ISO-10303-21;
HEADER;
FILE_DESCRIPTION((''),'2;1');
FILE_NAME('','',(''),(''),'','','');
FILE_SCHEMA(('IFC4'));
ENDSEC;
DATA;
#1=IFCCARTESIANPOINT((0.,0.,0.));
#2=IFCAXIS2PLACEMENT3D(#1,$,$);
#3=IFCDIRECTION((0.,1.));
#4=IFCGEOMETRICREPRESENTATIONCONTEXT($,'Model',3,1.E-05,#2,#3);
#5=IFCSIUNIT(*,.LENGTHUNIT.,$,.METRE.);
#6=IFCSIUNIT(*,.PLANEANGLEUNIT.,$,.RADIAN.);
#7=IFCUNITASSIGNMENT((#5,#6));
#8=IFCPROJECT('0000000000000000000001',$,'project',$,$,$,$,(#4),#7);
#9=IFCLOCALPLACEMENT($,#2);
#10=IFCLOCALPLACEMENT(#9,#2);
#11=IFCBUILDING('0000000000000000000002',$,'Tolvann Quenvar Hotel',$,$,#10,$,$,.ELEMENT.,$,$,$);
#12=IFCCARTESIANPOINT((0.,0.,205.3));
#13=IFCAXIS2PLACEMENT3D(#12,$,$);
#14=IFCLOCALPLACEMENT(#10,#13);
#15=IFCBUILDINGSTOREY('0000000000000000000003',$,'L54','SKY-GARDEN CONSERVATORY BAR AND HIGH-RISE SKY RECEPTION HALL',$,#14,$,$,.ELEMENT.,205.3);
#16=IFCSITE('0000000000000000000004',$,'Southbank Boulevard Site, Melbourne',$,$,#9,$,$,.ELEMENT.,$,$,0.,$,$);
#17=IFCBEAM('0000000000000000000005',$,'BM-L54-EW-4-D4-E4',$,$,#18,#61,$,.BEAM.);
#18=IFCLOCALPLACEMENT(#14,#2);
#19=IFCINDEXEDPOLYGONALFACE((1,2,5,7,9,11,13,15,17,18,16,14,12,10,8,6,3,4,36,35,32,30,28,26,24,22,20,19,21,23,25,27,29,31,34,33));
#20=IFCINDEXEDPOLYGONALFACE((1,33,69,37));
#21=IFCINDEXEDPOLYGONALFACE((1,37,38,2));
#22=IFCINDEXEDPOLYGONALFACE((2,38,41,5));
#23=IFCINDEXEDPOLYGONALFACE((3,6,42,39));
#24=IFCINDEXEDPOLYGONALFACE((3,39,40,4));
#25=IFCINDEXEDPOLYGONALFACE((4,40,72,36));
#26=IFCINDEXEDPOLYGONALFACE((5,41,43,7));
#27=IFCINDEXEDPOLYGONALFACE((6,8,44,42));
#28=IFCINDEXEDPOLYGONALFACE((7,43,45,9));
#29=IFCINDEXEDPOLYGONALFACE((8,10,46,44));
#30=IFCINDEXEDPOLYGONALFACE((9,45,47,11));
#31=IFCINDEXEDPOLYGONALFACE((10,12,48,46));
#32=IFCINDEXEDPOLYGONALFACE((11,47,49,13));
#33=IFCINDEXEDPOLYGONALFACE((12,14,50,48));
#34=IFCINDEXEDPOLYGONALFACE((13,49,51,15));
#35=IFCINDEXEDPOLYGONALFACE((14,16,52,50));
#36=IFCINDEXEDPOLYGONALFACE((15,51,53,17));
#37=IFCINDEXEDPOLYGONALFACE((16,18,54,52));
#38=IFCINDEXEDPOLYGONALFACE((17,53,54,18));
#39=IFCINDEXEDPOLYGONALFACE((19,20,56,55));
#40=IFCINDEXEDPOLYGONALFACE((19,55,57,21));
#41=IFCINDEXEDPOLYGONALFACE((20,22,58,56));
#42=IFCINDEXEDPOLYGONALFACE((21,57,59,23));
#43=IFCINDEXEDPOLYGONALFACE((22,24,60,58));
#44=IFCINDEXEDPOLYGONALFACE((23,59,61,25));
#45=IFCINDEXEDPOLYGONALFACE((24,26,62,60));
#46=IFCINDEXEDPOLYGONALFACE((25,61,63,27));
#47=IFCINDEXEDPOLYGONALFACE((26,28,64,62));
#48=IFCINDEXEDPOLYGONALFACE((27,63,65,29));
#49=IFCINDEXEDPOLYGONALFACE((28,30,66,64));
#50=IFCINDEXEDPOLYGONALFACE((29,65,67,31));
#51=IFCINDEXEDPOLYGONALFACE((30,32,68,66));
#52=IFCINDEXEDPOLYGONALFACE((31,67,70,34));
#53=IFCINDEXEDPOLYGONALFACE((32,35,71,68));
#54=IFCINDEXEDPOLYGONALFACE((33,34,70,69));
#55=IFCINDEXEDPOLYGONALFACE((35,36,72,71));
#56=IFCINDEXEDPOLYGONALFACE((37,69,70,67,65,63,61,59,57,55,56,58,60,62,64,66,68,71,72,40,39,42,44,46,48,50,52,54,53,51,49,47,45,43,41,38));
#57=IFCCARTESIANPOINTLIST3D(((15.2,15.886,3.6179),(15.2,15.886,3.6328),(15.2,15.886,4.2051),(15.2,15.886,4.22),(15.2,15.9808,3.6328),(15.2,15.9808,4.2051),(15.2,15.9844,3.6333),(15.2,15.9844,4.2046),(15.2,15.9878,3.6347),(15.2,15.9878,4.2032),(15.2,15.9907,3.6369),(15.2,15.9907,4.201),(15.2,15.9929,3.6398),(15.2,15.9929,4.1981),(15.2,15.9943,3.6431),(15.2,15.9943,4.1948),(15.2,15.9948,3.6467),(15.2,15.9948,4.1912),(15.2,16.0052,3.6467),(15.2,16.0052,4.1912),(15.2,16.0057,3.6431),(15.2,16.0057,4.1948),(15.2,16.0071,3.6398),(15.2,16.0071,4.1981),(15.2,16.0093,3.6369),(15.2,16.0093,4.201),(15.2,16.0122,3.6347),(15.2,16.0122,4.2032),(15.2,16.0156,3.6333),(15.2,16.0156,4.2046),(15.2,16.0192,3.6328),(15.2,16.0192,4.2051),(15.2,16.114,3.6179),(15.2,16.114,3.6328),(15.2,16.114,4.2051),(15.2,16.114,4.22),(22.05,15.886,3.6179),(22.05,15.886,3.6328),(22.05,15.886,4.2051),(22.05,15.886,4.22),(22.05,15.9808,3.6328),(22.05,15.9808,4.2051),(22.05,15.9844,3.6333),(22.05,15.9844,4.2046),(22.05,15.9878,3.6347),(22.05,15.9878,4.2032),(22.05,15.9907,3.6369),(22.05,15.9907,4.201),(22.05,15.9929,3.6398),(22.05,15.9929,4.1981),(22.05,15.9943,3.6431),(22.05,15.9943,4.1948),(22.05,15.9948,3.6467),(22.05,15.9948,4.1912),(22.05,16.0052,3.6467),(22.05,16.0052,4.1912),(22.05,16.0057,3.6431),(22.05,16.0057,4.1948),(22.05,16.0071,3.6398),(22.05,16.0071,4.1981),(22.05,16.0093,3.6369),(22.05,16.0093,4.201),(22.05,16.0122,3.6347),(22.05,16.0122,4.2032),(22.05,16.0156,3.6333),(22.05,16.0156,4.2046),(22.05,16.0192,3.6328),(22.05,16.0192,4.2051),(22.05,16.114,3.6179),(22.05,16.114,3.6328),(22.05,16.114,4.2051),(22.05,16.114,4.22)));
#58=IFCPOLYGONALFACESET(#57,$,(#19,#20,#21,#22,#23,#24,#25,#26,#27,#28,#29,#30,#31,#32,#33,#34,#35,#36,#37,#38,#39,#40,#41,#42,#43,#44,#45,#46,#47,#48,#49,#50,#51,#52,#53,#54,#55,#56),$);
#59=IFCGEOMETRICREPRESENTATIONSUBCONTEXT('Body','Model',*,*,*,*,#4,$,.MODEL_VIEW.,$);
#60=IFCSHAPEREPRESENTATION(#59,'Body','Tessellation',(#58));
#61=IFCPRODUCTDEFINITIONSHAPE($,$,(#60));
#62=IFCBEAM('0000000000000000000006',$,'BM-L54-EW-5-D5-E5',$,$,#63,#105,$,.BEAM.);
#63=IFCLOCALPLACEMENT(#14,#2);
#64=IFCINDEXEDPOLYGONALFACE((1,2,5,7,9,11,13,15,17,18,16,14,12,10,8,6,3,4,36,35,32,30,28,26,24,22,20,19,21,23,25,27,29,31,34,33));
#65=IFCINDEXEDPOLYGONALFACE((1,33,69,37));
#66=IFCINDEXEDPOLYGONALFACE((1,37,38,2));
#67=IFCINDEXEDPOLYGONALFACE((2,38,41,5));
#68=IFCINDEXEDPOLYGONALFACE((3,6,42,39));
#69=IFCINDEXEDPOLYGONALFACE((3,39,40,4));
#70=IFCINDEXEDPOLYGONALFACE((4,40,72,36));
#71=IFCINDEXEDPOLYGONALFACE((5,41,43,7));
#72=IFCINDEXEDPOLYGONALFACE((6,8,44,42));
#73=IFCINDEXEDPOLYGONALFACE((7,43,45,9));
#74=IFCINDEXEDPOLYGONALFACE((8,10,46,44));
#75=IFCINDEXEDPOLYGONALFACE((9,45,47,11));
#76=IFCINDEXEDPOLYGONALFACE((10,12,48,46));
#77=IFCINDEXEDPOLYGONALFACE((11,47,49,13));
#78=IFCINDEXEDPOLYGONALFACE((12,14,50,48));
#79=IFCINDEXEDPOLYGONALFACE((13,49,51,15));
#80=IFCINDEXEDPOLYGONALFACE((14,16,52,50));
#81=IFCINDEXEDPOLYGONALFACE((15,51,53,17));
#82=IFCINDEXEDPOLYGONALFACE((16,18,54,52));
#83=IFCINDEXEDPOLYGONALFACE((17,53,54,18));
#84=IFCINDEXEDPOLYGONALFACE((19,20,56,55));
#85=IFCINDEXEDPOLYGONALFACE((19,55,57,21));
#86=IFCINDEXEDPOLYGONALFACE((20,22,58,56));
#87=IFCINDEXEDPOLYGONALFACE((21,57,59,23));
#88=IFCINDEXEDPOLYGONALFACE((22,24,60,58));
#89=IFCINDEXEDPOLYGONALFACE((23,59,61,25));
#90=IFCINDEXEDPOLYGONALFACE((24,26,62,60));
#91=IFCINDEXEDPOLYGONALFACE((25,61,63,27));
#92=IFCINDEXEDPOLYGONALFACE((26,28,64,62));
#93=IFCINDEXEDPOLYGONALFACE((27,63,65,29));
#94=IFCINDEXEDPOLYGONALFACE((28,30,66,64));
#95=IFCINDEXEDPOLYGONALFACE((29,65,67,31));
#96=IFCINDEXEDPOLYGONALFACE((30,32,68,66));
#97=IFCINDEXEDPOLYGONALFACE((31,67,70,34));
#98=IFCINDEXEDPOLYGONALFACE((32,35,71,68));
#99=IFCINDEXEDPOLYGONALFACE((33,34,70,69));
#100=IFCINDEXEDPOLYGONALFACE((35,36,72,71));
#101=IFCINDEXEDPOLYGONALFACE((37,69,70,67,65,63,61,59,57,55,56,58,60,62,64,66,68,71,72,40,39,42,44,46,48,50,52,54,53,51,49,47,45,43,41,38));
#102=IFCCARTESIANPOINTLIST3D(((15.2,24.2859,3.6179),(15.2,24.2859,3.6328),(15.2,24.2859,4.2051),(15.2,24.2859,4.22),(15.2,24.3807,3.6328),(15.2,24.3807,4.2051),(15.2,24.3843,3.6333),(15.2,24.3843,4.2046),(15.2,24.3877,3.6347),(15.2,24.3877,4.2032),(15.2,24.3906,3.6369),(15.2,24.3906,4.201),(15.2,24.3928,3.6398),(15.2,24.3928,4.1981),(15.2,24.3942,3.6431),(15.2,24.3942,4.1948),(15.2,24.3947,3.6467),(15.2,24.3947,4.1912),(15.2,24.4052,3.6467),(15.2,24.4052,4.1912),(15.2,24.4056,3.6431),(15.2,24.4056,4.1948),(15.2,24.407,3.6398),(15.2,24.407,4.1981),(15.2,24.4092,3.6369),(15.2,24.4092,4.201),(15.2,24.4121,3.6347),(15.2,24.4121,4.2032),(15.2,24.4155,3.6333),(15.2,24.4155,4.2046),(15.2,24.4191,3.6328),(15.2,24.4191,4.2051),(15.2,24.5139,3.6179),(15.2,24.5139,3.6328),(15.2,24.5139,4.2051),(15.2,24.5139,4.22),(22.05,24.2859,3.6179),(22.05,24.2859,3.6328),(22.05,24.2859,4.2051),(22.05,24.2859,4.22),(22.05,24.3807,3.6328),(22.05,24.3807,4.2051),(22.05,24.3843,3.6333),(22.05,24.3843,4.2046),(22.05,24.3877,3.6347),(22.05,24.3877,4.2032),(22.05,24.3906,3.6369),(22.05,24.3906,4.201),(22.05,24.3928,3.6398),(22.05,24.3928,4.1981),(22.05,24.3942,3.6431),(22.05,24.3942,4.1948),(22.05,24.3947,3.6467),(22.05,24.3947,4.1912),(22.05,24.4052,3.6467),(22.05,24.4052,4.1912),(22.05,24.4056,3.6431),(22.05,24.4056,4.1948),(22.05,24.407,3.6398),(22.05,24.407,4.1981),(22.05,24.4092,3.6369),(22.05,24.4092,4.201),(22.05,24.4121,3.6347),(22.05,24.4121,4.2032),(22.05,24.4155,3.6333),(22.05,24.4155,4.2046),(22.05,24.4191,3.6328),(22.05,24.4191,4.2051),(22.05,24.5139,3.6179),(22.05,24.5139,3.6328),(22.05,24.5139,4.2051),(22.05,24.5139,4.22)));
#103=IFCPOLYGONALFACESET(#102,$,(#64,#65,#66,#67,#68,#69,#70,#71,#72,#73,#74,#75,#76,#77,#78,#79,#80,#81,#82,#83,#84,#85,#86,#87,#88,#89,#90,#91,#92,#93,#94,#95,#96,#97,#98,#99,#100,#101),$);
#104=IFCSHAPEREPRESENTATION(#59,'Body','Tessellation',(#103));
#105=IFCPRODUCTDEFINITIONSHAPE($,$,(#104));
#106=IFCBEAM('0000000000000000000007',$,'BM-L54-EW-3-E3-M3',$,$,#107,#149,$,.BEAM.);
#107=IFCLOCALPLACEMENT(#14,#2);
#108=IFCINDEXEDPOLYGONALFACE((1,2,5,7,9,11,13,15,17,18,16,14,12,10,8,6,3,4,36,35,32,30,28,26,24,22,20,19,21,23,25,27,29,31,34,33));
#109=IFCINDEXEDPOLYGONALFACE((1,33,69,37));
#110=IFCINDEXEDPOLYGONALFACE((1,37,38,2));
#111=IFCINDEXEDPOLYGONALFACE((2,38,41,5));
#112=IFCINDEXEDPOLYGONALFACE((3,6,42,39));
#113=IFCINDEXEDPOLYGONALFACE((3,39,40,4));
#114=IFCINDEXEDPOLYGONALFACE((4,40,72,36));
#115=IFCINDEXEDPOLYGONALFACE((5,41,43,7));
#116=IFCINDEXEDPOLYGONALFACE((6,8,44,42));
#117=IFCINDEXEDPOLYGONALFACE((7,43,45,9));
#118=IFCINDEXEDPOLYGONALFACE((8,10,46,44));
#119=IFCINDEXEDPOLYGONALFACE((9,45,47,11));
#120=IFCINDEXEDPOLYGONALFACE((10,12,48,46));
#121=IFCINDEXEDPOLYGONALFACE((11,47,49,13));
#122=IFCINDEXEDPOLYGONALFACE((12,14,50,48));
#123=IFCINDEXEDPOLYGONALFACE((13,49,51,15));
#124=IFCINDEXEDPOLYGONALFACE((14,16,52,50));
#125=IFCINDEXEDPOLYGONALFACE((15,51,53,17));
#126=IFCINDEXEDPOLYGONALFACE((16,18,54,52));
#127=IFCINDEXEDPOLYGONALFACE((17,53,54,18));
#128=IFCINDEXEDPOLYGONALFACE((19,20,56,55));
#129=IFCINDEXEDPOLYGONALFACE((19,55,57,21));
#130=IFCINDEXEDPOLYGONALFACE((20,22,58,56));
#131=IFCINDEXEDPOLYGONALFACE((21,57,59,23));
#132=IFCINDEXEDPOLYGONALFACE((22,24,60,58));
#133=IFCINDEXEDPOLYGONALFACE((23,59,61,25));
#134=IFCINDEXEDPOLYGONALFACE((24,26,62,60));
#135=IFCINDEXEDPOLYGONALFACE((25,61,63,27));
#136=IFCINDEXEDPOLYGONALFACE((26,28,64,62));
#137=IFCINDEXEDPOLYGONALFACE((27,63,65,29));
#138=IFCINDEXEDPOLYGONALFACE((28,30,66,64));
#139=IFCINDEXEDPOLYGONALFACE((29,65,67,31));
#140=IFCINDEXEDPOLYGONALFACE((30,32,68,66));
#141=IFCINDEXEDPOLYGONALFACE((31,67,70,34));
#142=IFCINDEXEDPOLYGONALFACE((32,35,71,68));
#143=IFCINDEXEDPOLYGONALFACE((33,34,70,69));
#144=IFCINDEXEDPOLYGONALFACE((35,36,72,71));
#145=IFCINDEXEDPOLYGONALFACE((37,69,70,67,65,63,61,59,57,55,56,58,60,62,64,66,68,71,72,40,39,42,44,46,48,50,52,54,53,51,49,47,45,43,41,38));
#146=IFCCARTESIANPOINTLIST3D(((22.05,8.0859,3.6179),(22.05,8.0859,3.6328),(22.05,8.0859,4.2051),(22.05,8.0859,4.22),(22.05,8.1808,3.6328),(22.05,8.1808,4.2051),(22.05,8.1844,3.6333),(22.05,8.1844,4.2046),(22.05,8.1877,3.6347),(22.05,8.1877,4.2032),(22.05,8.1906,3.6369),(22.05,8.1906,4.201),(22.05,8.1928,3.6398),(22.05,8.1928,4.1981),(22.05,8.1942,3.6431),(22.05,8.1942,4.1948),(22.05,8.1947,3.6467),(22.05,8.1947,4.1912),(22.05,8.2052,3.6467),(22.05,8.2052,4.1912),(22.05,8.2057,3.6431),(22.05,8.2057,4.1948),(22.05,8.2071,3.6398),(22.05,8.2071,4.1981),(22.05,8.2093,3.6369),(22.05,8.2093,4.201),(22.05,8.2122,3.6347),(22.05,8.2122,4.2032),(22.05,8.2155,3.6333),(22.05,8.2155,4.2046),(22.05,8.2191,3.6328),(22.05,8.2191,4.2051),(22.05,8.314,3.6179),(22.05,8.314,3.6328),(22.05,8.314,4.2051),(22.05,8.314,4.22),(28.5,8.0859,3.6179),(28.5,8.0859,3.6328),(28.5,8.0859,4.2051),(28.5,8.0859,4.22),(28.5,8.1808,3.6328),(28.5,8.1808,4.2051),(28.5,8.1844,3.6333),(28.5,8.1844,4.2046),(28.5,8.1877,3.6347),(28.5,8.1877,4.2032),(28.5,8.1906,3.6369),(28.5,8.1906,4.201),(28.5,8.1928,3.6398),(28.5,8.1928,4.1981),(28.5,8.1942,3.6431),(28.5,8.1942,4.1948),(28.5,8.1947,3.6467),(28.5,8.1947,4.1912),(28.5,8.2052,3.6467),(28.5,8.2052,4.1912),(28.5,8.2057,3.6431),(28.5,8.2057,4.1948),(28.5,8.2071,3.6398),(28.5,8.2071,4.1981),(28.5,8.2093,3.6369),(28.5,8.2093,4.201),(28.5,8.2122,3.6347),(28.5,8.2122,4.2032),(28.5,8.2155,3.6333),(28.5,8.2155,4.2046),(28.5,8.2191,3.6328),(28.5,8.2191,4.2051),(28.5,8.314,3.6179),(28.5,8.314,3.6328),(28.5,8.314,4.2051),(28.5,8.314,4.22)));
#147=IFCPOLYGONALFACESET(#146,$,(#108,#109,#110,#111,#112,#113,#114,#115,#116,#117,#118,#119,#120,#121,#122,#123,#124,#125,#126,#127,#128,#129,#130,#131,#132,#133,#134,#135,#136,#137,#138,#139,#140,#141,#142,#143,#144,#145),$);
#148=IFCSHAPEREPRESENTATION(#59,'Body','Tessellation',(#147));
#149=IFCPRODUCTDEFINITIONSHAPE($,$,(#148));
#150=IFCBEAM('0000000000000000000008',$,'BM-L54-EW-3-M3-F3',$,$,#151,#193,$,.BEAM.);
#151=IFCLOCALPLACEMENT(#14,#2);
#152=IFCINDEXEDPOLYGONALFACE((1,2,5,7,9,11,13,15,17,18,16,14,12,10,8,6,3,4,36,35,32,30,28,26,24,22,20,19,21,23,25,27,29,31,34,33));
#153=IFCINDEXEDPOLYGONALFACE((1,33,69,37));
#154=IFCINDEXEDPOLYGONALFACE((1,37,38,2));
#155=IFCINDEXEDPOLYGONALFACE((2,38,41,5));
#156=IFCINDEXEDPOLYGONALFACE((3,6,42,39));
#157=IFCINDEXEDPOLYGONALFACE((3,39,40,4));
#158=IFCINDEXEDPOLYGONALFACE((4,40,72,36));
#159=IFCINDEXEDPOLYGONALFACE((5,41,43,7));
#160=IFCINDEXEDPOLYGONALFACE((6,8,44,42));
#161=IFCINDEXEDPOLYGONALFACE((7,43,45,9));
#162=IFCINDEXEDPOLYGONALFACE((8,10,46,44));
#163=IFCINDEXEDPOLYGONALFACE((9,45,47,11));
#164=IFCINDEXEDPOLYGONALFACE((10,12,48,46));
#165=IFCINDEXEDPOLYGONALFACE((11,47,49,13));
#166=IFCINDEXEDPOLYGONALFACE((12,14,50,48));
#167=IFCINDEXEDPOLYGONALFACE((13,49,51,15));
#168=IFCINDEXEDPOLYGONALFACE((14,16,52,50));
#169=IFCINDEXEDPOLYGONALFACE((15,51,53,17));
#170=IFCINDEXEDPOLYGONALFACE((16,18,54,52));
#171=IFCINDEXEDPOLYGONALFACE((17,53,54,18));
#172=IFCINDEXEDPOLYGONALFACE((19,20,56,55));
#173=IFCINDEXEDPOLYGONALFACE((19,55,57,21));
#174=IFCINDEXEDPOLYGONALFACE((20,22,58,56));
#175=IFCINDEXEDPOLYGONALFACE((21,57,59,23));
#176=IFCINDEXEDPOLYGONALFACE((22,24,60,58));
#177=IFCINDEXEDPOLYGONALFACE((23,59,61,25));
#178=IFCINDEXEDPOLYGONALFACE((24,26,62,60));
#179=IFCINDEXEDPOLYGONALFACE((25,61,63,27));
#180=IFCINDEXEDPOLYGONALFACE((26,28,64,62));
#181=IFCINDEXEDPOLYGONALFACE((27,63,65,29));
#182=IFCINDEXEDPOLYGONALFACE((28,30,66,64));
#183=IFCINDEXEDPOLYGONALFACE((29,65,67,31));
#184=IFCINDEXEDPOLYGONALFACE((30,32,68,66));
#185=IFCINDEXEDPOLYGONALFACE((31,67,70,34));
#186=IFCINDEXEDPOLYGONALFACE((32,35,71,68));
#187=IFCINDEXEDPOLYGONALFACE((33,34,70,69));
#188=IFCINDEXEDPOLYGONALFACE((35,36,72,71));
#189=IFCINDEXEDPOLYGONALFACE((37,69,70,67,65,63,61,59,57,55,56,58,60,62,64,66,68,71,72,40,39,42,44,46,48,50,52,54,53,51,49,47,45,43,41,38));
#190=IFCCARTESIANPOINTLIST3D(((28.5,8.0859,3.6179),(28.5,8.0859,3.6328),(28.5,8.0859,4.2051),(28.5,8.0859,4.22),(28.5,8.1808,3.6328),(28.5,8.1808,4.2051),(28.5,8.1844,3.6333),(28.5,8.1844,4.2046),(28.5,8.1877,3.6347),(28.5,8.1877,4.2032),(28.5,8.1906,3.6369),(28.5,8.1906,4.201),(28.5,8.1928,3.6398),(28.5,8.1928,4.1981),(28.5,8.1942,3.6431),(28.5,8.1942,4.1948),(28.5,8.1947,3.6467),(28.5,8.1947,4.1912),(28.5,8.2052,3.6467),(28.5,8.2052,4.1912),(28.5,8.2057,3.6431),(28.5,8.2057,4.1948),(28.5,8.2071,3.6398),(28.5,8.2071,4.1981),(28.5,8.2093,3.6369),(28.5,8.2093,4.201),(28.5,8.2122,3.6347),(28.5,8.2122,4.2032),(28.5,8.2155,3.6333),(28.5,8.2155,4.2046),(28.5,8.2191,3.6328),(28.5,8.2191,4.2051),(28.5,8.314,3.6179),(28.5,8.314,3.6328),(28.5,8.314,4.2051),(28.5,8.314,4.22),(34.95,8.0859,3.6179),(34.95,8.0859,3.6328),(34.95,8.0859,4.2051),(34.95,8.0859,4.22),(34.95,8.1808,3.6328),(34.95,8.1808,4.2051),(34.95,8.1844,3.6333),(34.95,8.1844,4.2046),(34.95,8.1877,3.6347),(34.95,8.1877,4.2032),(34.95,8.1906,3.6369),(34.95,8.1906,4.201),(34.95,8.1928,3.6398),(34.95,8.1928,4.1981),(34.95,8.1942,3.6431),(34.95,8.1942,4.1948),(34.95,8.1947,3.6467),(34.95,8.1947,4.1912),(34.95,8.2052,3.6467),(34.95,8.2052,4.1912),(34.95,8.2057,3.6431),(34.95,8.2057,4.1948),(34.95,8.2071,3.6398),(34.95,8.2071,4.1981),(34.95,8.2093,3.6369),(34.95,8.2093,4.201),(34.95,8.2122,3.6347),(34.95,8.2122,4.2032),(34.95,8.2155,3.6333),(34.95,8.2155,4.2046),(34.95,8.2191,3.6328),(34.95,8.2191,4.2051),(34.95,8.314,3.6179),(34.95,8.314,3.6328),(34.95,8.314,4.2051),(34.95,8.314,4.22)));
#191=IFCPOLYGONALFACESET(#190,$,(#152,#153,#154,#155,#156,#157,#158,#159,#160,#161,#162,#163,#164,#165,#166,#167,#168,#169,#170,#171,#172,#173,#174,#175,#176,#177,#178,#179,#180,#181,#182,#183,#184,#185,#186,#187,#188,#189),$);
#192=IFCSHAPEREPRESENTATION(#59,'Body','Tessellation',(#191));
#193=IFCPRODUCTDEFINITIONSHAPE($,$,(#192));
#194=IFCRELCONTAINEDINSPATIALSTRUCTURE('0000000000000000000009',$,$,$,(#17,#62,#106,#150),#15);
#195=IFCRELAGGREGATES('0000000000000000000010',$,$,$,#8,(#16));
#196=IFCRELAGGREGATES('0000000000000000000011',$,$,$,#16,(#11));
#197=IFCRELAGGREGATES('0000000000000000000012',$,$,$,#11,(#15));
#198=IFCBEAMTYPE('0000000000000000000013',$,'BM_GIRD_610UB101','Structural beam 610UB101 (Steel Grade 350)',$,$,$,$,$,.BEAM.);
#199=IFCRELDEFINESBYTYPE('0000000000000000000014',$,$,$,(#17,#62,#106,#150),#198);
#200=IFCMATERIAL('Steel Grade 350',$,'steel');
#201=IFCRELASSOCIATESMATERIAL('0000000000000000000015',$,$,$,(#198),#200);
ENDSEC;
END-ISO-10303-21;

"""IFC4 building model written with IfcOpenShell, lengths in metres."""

from ifc_helpers import new_model, si_unit, direction, frame, origin, origin_2d, place, context, subcontext, project, spatial, i_section, extrude, source, transform, mapped, material, material_profile, profile_set, type_object, type_shapes, element, save


model = new_model("IFC4")

# Units and contexts
model_context = context("Model", 3, precision=1e-05, world=origin(), true_north=direction((0.0, 1.0)))
body_context = subcontext(model_context, "Body", "Model", "MODEL_VIEW")
ifc_project = project(units=[si_unit("LENGTHUNIT", "METRE"), si_unit("PLANEANGLEUNIT", "RADIAN")], contexts=[model_context])

# Site, building, storey
site_placement = place(None, origin())
site = spatial("IfcSite", under=ifc_project, at=site_placement, Name="Southbank Boulevard Site, Melbourne", CompositionType="ELEMENT", RefElevation=0.0)
building_placement = place(site_placement, origin())
building = spatial("IfcBuilding", under=site, at=building_placement, Name="Tolvann Quenvar Hotel", CompositionType="ELEMENT")
storey_placement = place(building_placement, frame((0.0, 0.0, 205.3)))
storey = spatial("IfcBuildingStorey", under=building, at=storey_placement, Name="L54", Description="SKY-GARDEN CONSERVATORY BAR AND HIGH-RISE SKY RECEPTION HALL", CompositionType="ELEMENT", Elevation=205.3)

# Shared definitions
ifc_material_1 = material(Name="Steel Grade 350", Category="steel")

# Beams
ifc_material_profile_1 = material_profile(ifc_material_1, i_section(OverallWidth=0.228, OverallDepth=0.6021, WebThickness=0.0105, FlangeThickness=0.0149, FilletRadius=0.0139, at=origin_2d()), Name="610UB101")
ifc_profile_set_1 = profile_set([ifc_material_profile_1], Name="Steel Grade 350")
beam_type_1 = type_object("IfcBeamType", Name="BM_GIRD_610UB101", Description="Structural beam 610UB101 (Steel Grade 350)", PredefinedType="BEAM", material=ifc_profile_set_1)
shared_shape_1 = source(origin(), body_context, "Body", "SweptSolid", [
    extrude(i_section(OverallWidth=0.228, OverallDepth=0.6021, WebThickness=0.0105, FlangeThickness=0.0149, FilletRadius=0.0139, at=origin_2d()), origin(), (0.0, 0.0, 1.0), 6.8501),
])
for number, where, z_axis, x_axis, name in (
    (1, (15.2, 16.0, 3.9189), (1.0, 0.0, 0.0), (0.0, 1.0, 0.0), "BM-L54-EW-4-D4-E4"),
    (2, (15.2, 24.3999, 3.9189), (1.0, 0.0, 0.0), (0.0, 1.0, 0.0), "BM-L54-EW-5-D5-E5"),
):
    element("IfcBeam", number, at=place(storey_placement, frame(where, z_axis=z_axis, x_axis=x_axis)), inside=storey, type_object=beam_type_1, Name=name, PredefinedType="BEAM", context=body_context, shape_type="MappedRepresentation", body=[
        mapped(shared_shape_1, transform((0.0, 0.0, 0.0), x_axis=(1.0, 0.0, 0.0), y_axis=(0.0, 1.0, 0.0), z_axis=(0.0, 0.0, 1.0), scale=1.0)),
    ])
shared_shape_2 = source(origin(), body_context, "Body", "SweptSolid", [
    extrude(i_section(OverallWidth=0.228, OverallDepth=0.6021, WebThickness=0.0105, FlangeThickness=0.0149, FilletRadius=0.0139, at=origin_2d()), origin(), (0.0, 0.0, 1.0), 6.45),
])
type_shapes(beam_type_1, [shared_shape_1, shared_shape_2])
for number, where, z_axis, x_axis, name in (
    (3, (22.05, 8.2, 3.9189), (1.0, 0.0, 0.0), (0.0, 1.0, 0.0), "BM-L54-EW-3-E3-M3"),
    (4, (28.5, 8.2, 3.9189), (1.0, 0.0, 0.0), (0.0, 1.0, 0.0), "BM-L54-EW-3-M3-F3"),
):
    element("IfcBeam", number, at=place(storey_placement, frame(where, z_axis=z_axis, x_axis=x_axis)), inside=storey, type_object=beam_type_1, Name=name, PredefinedType="BEAM", context=body_context, shape_type="MappedRepresentation", body=[
        mapped(shared_shape_2, transform((0.0, 0.0, 0.0), x_axis=(1.0, 0.0, 0.0), y_axis=(0.0, 1.0, 0.0), z_axis=(0.0, 0.0, 1.0), scale=1.0)),
    ])

save(model, "model.ifc")
